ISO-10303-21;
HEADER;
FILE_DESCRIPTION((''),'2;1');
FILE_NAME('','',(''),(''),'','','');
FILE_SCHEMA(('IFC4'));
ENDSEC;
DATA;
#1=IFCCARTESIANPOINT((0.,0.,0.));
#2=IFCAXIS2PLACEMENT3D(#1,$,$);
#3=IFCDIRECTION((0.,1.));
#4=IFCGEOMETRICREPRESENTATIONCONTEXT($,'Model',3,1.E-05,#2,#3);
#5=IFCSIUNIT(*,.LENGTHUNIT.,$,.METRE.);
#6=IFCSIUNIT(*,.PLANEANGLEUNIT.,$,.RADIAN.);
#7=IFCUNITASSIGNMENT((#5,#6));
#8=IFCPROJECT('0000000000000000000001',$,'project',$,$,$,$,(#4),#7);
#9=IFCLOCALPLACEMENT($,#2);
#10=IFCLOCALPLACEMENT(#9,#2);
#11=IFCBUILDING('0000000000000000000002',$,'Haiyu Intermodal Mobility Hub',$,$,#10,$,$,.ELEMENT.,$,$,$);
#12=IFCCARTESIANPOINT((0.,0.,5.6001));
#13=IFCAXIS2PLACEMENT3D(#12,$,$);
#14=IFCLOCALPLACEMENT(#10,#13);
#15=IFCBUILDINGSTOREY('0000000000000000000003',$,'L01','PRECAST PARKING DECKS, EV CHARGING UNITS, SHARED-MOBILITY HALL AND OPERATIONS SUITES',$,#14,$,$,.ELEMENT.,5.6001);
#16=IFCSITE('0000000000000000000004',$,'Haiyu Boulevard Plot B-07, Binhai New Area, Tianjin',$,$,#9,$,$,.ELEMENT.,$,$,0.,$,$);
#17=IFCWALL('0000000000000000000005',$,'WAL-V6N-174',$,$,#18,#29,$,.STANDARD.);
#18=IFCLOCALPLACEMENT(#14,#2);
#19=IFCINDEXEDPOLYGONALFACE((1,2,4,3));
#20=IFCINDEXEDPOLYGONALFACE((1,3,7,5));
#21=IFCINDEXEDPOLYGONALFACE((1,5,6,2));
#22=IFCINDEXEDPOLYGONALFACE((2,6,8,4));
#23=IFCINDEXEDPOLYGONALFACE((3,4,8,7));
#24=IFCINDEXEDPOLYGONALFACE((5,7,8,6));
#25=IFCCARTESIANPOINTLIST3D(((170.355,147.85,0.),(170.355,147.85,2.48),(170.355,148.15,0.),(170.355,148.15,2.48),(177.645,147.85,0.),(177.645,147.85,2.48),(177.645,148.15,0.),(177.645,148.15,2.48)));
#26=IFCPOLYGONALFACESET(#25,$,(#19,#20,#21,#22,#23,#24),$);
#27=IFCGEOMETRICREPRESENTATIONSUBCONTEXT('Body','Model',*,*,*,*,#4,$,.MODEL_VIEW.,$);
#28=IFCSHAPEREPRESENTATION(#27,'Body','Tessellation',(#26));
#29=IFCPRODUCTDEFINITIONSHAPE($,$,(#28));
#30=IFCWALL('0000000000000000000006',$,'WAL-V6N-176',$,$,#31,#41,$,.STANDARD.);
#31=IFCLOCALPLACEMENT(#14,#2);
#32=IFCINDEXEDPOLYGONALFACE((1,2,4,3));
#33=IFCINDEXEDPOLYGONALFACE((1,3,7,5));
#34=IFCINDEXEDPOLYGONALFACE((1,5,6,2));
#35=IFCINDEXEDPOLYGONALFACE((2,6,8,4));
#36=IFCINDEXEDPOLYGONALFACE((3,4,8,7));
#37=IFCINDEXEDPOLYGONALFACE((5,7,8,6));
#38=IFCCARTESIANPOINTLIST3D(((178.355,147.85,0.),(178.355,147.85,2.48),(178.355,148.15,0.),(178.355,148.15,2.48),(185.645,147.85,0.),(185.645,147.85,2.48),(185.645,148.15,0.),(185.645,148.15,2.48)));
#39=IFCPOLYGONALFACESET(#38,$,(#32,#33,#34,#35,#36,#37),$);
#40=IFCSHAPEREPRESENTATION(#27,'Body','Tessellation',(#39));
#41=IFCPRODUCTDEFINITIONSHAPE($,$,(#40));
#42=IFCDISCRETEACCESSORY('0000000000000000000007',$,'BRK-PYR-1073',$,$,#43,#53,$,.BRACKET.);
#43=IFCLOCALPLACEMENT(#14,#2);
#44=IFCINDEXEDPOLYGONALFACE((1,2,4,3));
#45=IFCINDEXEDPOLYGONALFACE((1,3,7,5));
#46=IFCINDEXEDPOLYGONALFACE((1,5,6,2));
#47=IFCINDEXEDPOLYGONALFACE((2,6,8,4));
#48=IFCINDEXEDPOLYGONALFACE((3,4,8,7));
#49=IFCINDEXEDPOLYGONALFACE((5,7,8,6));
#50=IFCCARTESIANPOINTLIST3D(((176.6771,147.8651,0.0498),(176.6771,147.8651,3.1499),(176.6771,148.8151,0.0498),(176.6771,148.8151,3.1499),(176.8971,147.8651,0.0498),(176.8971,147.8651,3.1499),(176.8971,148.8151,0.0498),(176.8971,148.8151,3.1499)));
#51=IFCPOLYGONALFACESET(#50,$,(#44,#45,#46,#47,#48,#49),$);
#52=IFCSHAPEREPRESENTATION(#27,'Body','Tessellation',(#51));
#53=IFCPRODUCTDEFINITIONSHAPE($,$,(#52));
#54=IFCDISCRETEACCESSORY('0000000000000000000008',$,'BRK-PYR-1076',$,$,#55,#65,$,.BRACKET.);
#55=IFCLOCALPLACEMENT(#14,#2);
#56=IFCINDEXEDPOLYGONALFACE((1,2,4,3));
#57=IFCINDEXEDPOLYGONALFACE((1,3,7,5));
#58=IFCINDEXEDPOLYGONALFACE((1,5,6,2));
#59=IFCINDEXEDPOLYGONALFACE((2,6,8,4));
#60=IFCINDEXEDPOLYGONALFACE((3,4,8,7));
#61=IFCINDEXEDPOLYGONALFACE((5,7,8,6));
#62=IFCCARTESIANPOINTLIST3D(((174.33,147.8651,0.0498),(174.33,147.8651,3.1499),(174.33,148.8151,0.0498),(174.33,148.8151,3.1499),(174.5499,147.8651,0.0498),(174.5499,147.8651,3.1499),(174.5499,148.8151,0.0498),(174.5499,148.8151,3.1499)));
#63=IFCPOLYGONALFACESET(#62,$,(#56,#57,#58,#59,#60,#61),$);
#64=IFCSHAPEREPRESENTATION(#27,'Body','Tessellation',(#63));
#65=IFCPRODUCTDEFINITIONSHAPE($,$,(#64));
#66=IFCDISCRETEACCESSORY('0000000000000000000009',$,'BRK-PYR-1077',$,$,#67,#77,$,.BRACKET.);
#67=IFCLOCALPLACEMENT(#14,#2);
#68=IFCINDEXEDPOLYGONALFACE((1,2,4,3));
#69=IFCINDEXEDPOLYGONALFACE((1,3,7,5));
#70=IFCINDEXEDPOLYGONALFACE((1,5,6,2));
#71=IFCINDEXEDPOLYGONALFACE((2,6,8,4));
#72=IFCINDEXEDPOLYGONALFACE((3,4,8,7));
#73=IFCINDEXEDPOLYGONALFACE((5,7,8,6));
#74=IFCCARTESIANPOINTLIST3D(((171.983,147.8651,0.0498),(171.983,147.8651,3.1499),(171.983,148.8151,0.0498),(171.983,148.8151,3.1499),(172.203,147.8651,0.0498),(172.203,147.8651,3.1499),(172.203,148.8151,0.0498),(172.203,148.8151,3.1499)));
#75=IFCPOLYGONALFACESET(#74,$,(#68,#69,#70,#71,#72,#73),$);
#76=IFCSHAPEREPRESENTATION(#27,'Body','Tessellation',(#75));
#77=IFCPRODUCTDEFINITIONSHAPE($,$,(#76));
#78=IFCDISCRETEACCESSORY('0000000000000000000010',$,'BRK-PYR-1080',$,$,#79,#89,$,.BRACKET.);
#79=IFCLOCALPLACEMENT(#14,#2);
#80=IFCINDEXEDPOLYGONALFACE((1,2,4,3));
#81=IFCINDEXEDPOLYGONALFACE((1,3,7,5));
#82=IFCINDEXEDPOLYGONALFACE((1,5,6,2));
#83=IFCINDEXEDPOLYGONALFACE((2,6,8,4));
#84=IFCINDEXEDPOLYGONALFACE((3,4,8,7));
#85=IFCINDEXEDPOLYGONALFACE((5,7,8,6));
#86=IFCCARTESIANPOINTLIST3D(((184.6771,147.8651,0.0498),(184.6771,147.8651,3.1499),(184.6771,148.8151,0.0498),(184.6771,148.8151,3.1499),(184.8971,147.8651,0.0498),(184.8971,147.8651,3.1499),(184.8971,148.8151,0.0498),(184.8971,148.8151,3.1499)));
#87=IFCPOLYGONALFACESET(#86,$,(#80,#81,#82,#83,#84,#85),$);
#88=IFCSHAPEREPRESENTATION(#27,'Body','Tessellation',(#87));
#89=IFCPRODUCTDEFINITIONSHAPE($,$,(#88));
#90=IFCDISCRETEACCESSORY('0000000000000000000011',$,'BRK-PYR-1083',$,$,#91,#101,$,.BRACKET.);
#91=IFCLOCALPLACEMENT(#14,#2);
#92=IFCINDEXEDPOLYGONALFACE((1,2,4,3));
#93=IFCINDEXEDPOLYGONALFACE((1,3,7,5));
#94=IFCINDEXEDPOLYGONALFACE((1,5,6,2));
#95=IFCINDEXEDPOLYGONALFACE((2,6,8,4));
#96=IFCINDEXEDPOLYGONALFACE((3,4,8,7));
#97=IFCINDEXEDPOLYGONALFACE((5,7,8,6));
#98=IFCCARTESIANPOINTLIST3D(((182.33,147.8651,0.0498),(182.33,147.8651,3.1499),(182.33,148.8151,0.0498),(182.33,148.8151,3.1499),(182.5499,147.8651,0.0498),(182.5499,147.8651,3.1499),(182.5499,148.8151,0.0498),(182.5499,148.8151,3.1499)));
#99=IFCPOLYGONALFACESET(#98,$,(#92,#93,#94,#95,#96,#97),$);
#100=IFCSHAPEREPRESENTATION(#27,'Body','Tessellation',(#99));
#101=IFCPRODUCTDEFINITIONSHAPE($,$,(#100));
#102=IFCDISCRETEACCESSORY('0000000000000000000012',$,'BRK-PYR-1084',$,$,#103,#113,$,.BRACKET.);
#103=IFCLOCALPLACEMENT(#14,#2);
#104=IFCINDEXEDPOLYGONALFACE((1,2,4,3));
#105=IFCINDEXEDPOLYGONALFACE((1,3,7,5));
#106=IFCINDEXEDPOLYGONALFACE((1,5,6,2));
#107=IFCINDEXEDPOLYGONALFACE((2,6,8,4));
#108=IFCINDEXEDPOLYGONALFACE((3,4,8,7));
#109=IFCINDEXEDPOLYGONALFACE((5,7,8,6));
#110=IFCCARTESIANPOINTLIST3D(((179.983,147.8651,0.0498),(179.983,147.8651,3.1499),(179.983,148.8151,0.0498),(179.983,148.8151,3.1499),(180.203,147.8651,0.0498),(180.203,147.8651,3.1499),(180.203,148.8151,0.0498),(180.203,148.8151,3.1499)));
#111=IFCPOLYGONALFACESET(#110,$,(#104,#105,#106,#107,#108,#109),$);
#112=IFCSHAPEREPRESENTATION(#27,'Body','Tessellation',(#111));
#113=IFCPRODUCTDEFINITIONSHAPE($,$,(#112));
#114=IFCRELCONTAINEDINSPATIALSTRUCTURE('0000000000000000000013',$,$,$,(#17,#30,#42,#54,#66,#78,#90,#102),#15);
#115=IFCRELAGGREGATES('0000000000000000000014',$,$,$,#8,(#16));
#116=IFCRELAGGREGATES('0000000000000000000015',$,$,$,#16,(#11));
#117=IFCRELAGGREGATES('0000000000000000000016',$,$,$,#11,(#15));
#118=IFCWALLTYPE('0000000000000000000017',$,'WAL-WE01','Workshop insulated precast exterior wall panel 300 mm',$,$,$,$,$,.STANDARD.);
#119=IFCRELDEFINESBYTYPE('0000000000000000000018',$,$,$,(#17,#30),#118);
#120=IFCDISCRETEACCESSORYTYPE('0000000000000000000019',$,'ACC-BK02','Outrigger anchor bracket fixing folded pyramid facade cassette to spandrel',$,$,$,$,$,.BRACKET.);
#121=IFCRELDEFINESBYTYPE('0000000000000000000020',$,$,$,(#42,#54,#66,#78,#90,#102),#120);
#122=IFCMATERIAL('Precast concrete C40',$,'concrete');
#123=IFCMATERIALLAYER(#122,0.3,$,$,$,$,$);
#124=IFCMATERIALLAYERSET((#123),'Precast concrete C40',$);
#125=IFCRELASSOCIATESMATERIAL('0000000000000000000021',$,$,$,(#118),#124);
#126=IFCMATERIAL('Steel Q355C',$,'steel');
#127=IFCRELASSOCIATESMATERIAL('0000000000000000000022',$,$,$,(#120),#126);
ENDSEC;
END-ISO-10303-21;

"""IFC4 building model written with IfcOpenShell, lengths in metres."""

from ifc_helpers import new_model, si_unit, direction, frame, frame_2d, origin, origin_2d, place, context, subcontext, project, spatial, rectangle, extrude, material, layer, layer_set, type_object, element, save


model = new_model("IFC4")

# Units and contexts
model_context = context("Model", 3, precision=1e-05, world=origin(), true_north=direction((0.0, 1.0)))
body_context = subcontext(model_context, "Body", "Model", "MODEL_VIEW")
ifc_project = project(units=[si_unit("LENGTHUNIT", "METRE"), si_unit("PLANEANGLEUNIT", "RADIAN")], contexts=[model_context])

# Site, building, storey
site_placement = place(None, origin())
site = spatial("IfcSite", under=ifc_project, at=site_placement, Name="Haiyu Boulevard Plot B-07, Binhai New Area, Tianjin", CompositionType="ELEMENT", RefElevation=0.0)
building_placement = place(site_placement, origin())
building = spatial("IfcBuilding", under=site, at=building_placement, Name="Haiyu Intermodal Mobility Hub", CompositionType="ELEMENT")
storey_placement = place(building_placement, frame((0.0, 0.0, 5.6001)))
storey = spatial("IfcBuildingStorey", under=building, at=storey_placement, Name="L01", Description="PRECAST PARKING DECKS, EV CHARGING UNITS, SHARED-MOBILITY HALL AND OPERATIONS SUITES", CompositionType="ELEMENT", Elevation=5.6001)

# Shared definitions
ifc_material_1 = material(Name="Steel Q355C", Category="steel")

# Walls
ifc_material_2 = material(Name="Precast concrete C40", Category="concrete")
ifc_layer_1 = layer(ifc_material_2, 0.3)
ifc_layer_set_1 = layer_set([ifc_layer_1], Name="Precast concrete C40")
wall_type = type_object("IfcWallType", Name="WAL-WE01", Description="Workshop insulated precast exterior wall panel 300 mm", PredefinedType="STANDARD", material=ifc_layer_set_1)
for number, where, z_axis, x_axis, name in (
    (1, (177.645, 148.0, 0.0), (0.0, 0.0, 1.0), (-1.0, 0.0, 0.0), "WAL-V6N-174"),
    (2, (185.645, 148.0, 0.0), (0.0, 0.0, 1.0), (-1.0, 0.0, 0.0), "WAL-V6N-176"),
):
    element("IfcWall", number, at=place(storey_placement, frame(where, z_axis=z_axis, x_axis=x_axis)), inside=storey, type_object=wall_type, Name=name, PredefinedType="STANDARD", context=body_context, shape_type="SweptSolid", body=[
        extrude(rectangle(XDim=7.29, YDim=0.3, at=frame_2d((3.645, 0.0))), origin(), (0.0, 0.0, 1.0), 2.48),
    ])

# Discrete accessories
discrete_accessory_type = type_object("IfcDiscreteAccessoryType", Name="ACC-BK02", Description="Outrigger anchor bracket fixing folded pyramid facade cassette to spandrel", PredefinedType="BRACKET", material=ifc_material_1)
for number, where, z_axis, x_axis, name in (
    (3, (176.7871, 148.3401, 0.0498), (0.0, 0.0, 1.0), (1.0, 0.0, 0.0), "BRK-PYR-1073"),
    (4, (174.4399, 148.3401, 0.0498), (0.0, 0.0, 1.0), (1.0, 0.0, 0.0), "BRK-PYR-1076"),
    (5, (172.093, 148.3401, 0.0498), (0.0, 0.0, 1.0), (1.0, 0.0, 0.0), "BRK-PYR-1077"),
    (6, (184.7871, 148.3401, 0.0498), (0.0, 0.0, 1.0), (1.0, 0.0, 0.0), "BRK-PYR-1080"),
    (7, (182.4399, 148.3401, 0.0498), (0.0, 0.0, 1.0), (1.0, 0.0, 0.0), "BRK-PYR-1083"),
    (8, (180.093, 148.3401, 0.0498), (0.0, 0.0, 1.0), (1.0, 0.0, 0.0), "BRK-PYR-1084"),
):
    element("IfcDiscreteAccessory", number, at=place(storey_placement, frame(where, z_axis=z_axis, x_axis=x_axis)), inside=storey, type_object=discrete_accessory_type, Name=name, PredefinedType="BRACKET", context=body_context, shape_type="SweptSolid", body=[
        extrude(rectangle(XDim=0.22, YDim=0.95, at=origin_2d()), origin(), (0.0, 0.0, 1.0), 3.1001),
    ])

save(model, "model.ifc")
